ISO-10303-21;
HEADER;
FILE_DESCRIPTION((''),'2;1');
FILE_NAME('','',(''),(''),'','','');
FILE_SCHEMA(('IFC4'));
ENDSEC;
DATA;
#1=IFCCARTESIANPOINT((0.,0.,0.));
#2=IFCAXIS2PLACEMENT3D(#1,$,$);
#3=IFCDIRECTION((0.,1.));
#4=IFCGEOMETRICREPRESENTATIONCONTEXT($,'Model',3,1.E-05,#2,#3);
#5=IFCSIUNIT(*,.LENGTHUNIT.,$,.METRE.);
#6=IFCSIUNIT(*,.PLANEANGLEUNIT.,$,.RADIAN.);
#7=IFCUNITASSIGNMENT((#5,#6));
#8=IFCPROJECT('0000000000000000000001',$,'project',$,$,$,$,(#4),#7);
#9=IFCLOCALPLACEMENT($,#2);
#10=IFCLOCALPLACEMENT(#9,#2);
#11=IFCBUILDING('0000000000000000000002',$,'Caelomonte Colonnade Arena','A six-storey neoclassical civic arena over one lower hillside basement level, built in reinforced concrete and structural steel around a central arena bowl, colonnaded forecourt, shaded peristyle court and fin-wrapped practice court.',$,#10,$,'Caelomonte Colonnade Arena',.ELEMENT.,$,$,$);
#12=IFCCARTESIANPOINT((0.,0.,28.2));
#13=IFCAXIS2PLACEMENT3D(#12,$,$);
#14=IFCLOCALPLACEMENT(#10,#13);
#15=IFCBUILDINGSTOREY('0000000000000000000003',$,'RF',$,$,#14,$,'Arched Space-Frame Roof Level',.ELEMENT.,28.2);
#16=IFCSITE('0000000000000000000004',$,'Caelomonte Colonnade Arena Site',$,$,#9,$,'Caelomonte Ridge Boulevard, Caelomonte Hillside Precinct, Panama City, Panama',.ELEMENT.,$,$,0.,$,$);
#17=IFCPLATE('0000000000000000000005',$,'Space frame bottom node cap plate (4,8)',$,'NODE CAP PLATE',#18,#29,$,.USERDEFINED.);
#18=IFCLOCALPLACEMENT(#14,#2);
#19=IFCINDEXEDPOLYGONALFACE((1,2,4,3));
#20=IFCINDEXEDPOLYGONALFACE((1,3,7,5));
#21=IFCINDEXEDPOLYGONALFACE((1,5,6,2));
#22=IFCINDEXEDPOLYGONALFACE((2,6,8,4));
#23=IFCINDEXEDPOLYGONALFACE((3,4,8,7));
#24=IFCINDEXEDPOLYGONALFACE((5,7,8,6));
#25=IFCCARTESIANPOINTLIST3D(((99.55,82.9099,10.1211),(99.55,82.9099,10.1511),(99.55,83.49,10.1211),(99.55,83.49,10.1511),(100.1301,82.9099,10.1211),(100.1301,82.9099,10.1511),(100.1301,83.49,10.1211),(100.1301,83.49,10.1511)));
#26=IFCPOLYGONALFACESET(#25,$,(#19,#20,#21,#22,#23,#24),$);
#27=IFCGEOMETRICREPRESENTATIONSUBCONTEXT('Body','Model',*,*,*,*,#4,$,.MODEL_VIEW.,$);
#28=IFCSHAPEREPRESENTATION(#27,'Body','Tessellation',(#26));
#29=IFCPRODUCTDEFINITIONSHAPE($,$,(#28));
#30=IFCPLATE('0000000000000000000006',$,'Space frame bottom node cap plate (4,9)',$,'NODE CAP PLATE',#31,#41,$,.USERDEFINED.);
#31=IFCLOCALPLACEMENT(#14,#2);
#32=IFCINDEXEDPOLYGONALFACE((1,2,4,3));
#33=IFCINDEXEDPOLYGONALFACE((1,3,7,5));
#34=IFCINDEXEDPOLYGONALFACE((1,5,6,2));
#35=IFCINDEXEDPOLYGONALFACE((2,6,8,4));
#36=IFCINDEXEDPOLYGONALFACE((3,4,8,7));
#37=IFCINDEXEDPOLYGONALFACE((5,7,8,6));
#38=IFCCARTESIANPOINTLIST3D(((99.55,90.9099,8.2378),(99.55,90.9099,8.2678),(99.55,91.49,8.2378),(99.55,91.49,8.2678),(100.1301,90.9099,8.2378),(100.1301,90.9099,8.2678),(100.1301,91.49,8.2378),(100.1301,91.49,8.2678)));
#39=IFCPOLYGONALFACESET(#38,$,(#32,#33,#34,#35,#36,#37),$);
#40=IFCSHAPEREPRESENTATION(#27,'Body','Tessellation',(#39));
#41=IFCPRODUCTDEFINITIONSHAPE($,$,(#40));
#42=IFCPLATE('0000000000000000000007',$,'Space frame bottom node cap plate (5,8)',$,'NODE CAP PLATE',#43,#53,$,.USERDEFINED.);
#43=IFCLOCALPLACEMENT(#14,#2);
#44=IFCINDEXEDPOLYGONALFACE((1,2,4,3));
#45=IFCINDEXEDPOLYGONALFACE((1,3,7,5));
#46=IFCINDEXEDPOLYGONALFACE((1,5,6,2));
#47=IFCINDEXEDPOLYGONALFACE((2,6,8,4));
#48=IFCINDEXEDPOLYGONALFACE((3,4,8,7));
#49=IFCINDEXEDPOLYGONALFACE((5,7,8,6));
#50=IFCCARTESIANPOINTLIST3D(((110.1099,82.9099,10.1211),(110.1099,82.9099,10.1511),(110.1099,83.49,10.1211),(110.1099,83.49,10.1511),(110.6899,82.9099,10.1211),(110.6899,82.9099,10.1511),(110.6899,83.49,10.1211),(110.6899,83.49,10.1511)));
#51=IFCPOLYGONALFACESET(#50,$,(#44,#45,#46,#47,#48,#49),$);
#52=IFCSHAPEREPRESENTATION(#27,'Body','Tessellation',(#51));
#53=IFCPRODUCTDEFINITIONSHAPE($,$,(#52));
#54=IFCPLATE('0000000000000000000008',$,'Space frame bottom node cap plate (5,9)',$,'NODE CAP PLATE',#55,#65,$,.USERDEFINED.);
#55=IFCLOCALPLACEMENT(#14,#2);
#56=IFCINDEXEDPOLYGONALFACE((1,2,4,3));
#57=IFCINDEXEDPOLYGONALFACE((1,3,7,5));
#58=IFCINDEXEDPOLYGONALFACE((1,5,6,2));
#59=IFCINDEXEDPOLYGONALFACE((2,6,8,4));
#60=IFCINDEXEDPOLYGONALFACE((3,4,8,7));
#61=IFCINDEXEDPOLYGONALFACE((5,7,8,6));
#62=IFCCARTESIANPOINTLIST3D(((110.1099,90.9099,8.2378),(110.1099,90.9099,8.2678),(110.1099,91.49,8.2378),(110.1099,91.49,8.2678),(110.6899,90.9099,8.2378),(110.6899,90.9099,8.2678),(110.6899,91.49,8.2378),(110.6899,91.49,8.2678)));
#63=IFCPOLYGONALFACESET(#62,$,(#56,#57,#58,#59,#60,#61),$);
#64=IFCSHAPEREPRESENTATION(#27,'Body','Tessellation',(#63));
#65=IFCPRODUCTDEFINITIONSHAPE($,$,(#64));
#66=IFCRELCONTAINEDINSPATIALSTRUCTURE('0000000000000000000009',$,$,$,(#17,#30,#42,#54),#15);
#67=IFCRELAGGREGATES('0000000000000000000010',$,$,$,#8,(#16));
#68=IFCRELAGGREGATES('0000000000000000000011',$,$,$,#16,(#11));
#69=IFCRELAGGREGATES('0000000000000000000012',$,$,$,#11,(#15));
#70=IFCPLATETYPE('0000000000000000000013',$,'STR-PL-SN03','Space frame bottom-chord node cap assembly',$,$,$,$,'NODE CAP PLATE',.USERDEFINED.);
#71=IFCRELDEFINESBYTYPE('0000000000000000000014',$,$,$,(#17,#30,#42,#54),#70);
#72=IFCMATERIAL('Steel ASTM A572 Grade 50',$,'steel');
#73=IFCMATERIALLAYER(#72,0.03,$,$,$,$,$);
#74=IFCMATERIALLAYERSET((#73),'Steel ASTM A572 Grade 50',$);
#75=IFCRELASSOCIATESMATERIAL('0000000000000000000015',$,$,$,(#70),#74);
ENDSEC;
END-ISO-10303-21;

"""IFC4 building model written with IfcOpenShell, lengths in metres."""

from ifc_helpers import new_model, si_unit, direction, frame, origin, origin_2d, place, context, subcontext, project, spatial, rectangle, extrude, material, layer, layer_set, type_object, element, save


model = new_model("IFC4")

# Units and contexts
model_context = context("Model", 3, precision=1e-05, world=origin(), true_north=direction((0.0, 1.0)))
body_context = subcontext(model_context, "Body", "Model", "MODEL_VIEW")
ifc_project = project(units=[si_unit("LENGTHUNIT", "METRE"), si_unit("PLANEANGLEUNIT", "RADIAN")], contexts=[model_context])

# Site, building, storey
site_placement = place(None, origin())
site = spatial("IfcSite", under=ifc_project, at=site_placement, Name="Caelomonte Colonnade Arena Site", LongName="Caelomonte Ridge Boulevard, Caelomonte Hillside Precinct, Panama City, Panama", CompositionType="ELEMENT", RefElevation=0.0)
building_placement = place(site_placement, origin())
building = spatial("IfcBuilding", under=site, at=building_placement, Name="Caelomonte Colonnade Arena", Description="A six-storey neoclassical civic arena over one lower hillside basement level, built in reinforced concrete and structural steel around a central arena bowl, colonnaded forecourt, shaded peristyle court and fin-wrapped practice court.", LongName="Caelomonte Colonnade Arena", CompositionType="ELEMENT")
storey_placement = place(building_placement, frame((0.0, 0.0, 28.2)))
storey = spatial("IfcBuildingStorey", under=building, at=storey_placement, Name="RF", LongName="Arched Space-Frame Roof Level", CompositionType="ELEMENT", Elevation=28.2)

# Plates
ifc_material_1 = material(Name="Steel ASTM A572 Grade 50", Category="steel")
ifc_layer_1 = layer(ifc_material_1, 0.03)
ifc_layer_set_1 = layer_set([ifc_layer_1], Name="Steel ASTM A572 Grade 50")
plate_type_1 = type_object("IfcPlateType", Name="STR-PL-SN03", Description="Space frame bottom-chord node cap assembly", ElementType="NODE CAP PLATE", PredefinedType="USERDEFINED", material=ifc_layer_set_1)
for number, where, z_axis, x_axis, name in (
    (1, (99.8401, 83.2, 10.1211), (0.0, 0.0, 1.0), (1.0, 0.0, 0.0), "Space frame bottom node cap plate (4,8)"),
    (2, (99.8401, 91.2, 8.2378), (0.0, 0.0, 1.0), (1.0, 0.0, 0.0), "Space frame bottom node cap plate (4,9)"),
    (3, (110.3999, 83.2, 10.1211), (0.0, 0.0, 1.0), (1.0, 0.0, 0.0), "Space frame bottom node cap plate (5,8)"),
    (4, (110.3999, 91.2, 8.2378), (0.0, 0.0, 1.0), (1.0, 0.0, 0.0), "Space frame bottom node cap plate (5,9)"),
):
    element("IfcPlate", number, at=place(storey_placement, frame(where, z_axis=z_axis, x_axis=x_axis)), inside=storey, type_object=plate_type_1, Name=name, ObjectType="NODE CAP PLATE", PredefinedType="USERDEFINED", context=body_context, shape_type="SweptSolid", body=[
        extrude(rectangle(XDim=0.5801, YDim=0.5801, at=origin_2d()), origin(), (0.0, 0.0, 1.0), 0.03),
    ])

save(model, "model.ifc")
